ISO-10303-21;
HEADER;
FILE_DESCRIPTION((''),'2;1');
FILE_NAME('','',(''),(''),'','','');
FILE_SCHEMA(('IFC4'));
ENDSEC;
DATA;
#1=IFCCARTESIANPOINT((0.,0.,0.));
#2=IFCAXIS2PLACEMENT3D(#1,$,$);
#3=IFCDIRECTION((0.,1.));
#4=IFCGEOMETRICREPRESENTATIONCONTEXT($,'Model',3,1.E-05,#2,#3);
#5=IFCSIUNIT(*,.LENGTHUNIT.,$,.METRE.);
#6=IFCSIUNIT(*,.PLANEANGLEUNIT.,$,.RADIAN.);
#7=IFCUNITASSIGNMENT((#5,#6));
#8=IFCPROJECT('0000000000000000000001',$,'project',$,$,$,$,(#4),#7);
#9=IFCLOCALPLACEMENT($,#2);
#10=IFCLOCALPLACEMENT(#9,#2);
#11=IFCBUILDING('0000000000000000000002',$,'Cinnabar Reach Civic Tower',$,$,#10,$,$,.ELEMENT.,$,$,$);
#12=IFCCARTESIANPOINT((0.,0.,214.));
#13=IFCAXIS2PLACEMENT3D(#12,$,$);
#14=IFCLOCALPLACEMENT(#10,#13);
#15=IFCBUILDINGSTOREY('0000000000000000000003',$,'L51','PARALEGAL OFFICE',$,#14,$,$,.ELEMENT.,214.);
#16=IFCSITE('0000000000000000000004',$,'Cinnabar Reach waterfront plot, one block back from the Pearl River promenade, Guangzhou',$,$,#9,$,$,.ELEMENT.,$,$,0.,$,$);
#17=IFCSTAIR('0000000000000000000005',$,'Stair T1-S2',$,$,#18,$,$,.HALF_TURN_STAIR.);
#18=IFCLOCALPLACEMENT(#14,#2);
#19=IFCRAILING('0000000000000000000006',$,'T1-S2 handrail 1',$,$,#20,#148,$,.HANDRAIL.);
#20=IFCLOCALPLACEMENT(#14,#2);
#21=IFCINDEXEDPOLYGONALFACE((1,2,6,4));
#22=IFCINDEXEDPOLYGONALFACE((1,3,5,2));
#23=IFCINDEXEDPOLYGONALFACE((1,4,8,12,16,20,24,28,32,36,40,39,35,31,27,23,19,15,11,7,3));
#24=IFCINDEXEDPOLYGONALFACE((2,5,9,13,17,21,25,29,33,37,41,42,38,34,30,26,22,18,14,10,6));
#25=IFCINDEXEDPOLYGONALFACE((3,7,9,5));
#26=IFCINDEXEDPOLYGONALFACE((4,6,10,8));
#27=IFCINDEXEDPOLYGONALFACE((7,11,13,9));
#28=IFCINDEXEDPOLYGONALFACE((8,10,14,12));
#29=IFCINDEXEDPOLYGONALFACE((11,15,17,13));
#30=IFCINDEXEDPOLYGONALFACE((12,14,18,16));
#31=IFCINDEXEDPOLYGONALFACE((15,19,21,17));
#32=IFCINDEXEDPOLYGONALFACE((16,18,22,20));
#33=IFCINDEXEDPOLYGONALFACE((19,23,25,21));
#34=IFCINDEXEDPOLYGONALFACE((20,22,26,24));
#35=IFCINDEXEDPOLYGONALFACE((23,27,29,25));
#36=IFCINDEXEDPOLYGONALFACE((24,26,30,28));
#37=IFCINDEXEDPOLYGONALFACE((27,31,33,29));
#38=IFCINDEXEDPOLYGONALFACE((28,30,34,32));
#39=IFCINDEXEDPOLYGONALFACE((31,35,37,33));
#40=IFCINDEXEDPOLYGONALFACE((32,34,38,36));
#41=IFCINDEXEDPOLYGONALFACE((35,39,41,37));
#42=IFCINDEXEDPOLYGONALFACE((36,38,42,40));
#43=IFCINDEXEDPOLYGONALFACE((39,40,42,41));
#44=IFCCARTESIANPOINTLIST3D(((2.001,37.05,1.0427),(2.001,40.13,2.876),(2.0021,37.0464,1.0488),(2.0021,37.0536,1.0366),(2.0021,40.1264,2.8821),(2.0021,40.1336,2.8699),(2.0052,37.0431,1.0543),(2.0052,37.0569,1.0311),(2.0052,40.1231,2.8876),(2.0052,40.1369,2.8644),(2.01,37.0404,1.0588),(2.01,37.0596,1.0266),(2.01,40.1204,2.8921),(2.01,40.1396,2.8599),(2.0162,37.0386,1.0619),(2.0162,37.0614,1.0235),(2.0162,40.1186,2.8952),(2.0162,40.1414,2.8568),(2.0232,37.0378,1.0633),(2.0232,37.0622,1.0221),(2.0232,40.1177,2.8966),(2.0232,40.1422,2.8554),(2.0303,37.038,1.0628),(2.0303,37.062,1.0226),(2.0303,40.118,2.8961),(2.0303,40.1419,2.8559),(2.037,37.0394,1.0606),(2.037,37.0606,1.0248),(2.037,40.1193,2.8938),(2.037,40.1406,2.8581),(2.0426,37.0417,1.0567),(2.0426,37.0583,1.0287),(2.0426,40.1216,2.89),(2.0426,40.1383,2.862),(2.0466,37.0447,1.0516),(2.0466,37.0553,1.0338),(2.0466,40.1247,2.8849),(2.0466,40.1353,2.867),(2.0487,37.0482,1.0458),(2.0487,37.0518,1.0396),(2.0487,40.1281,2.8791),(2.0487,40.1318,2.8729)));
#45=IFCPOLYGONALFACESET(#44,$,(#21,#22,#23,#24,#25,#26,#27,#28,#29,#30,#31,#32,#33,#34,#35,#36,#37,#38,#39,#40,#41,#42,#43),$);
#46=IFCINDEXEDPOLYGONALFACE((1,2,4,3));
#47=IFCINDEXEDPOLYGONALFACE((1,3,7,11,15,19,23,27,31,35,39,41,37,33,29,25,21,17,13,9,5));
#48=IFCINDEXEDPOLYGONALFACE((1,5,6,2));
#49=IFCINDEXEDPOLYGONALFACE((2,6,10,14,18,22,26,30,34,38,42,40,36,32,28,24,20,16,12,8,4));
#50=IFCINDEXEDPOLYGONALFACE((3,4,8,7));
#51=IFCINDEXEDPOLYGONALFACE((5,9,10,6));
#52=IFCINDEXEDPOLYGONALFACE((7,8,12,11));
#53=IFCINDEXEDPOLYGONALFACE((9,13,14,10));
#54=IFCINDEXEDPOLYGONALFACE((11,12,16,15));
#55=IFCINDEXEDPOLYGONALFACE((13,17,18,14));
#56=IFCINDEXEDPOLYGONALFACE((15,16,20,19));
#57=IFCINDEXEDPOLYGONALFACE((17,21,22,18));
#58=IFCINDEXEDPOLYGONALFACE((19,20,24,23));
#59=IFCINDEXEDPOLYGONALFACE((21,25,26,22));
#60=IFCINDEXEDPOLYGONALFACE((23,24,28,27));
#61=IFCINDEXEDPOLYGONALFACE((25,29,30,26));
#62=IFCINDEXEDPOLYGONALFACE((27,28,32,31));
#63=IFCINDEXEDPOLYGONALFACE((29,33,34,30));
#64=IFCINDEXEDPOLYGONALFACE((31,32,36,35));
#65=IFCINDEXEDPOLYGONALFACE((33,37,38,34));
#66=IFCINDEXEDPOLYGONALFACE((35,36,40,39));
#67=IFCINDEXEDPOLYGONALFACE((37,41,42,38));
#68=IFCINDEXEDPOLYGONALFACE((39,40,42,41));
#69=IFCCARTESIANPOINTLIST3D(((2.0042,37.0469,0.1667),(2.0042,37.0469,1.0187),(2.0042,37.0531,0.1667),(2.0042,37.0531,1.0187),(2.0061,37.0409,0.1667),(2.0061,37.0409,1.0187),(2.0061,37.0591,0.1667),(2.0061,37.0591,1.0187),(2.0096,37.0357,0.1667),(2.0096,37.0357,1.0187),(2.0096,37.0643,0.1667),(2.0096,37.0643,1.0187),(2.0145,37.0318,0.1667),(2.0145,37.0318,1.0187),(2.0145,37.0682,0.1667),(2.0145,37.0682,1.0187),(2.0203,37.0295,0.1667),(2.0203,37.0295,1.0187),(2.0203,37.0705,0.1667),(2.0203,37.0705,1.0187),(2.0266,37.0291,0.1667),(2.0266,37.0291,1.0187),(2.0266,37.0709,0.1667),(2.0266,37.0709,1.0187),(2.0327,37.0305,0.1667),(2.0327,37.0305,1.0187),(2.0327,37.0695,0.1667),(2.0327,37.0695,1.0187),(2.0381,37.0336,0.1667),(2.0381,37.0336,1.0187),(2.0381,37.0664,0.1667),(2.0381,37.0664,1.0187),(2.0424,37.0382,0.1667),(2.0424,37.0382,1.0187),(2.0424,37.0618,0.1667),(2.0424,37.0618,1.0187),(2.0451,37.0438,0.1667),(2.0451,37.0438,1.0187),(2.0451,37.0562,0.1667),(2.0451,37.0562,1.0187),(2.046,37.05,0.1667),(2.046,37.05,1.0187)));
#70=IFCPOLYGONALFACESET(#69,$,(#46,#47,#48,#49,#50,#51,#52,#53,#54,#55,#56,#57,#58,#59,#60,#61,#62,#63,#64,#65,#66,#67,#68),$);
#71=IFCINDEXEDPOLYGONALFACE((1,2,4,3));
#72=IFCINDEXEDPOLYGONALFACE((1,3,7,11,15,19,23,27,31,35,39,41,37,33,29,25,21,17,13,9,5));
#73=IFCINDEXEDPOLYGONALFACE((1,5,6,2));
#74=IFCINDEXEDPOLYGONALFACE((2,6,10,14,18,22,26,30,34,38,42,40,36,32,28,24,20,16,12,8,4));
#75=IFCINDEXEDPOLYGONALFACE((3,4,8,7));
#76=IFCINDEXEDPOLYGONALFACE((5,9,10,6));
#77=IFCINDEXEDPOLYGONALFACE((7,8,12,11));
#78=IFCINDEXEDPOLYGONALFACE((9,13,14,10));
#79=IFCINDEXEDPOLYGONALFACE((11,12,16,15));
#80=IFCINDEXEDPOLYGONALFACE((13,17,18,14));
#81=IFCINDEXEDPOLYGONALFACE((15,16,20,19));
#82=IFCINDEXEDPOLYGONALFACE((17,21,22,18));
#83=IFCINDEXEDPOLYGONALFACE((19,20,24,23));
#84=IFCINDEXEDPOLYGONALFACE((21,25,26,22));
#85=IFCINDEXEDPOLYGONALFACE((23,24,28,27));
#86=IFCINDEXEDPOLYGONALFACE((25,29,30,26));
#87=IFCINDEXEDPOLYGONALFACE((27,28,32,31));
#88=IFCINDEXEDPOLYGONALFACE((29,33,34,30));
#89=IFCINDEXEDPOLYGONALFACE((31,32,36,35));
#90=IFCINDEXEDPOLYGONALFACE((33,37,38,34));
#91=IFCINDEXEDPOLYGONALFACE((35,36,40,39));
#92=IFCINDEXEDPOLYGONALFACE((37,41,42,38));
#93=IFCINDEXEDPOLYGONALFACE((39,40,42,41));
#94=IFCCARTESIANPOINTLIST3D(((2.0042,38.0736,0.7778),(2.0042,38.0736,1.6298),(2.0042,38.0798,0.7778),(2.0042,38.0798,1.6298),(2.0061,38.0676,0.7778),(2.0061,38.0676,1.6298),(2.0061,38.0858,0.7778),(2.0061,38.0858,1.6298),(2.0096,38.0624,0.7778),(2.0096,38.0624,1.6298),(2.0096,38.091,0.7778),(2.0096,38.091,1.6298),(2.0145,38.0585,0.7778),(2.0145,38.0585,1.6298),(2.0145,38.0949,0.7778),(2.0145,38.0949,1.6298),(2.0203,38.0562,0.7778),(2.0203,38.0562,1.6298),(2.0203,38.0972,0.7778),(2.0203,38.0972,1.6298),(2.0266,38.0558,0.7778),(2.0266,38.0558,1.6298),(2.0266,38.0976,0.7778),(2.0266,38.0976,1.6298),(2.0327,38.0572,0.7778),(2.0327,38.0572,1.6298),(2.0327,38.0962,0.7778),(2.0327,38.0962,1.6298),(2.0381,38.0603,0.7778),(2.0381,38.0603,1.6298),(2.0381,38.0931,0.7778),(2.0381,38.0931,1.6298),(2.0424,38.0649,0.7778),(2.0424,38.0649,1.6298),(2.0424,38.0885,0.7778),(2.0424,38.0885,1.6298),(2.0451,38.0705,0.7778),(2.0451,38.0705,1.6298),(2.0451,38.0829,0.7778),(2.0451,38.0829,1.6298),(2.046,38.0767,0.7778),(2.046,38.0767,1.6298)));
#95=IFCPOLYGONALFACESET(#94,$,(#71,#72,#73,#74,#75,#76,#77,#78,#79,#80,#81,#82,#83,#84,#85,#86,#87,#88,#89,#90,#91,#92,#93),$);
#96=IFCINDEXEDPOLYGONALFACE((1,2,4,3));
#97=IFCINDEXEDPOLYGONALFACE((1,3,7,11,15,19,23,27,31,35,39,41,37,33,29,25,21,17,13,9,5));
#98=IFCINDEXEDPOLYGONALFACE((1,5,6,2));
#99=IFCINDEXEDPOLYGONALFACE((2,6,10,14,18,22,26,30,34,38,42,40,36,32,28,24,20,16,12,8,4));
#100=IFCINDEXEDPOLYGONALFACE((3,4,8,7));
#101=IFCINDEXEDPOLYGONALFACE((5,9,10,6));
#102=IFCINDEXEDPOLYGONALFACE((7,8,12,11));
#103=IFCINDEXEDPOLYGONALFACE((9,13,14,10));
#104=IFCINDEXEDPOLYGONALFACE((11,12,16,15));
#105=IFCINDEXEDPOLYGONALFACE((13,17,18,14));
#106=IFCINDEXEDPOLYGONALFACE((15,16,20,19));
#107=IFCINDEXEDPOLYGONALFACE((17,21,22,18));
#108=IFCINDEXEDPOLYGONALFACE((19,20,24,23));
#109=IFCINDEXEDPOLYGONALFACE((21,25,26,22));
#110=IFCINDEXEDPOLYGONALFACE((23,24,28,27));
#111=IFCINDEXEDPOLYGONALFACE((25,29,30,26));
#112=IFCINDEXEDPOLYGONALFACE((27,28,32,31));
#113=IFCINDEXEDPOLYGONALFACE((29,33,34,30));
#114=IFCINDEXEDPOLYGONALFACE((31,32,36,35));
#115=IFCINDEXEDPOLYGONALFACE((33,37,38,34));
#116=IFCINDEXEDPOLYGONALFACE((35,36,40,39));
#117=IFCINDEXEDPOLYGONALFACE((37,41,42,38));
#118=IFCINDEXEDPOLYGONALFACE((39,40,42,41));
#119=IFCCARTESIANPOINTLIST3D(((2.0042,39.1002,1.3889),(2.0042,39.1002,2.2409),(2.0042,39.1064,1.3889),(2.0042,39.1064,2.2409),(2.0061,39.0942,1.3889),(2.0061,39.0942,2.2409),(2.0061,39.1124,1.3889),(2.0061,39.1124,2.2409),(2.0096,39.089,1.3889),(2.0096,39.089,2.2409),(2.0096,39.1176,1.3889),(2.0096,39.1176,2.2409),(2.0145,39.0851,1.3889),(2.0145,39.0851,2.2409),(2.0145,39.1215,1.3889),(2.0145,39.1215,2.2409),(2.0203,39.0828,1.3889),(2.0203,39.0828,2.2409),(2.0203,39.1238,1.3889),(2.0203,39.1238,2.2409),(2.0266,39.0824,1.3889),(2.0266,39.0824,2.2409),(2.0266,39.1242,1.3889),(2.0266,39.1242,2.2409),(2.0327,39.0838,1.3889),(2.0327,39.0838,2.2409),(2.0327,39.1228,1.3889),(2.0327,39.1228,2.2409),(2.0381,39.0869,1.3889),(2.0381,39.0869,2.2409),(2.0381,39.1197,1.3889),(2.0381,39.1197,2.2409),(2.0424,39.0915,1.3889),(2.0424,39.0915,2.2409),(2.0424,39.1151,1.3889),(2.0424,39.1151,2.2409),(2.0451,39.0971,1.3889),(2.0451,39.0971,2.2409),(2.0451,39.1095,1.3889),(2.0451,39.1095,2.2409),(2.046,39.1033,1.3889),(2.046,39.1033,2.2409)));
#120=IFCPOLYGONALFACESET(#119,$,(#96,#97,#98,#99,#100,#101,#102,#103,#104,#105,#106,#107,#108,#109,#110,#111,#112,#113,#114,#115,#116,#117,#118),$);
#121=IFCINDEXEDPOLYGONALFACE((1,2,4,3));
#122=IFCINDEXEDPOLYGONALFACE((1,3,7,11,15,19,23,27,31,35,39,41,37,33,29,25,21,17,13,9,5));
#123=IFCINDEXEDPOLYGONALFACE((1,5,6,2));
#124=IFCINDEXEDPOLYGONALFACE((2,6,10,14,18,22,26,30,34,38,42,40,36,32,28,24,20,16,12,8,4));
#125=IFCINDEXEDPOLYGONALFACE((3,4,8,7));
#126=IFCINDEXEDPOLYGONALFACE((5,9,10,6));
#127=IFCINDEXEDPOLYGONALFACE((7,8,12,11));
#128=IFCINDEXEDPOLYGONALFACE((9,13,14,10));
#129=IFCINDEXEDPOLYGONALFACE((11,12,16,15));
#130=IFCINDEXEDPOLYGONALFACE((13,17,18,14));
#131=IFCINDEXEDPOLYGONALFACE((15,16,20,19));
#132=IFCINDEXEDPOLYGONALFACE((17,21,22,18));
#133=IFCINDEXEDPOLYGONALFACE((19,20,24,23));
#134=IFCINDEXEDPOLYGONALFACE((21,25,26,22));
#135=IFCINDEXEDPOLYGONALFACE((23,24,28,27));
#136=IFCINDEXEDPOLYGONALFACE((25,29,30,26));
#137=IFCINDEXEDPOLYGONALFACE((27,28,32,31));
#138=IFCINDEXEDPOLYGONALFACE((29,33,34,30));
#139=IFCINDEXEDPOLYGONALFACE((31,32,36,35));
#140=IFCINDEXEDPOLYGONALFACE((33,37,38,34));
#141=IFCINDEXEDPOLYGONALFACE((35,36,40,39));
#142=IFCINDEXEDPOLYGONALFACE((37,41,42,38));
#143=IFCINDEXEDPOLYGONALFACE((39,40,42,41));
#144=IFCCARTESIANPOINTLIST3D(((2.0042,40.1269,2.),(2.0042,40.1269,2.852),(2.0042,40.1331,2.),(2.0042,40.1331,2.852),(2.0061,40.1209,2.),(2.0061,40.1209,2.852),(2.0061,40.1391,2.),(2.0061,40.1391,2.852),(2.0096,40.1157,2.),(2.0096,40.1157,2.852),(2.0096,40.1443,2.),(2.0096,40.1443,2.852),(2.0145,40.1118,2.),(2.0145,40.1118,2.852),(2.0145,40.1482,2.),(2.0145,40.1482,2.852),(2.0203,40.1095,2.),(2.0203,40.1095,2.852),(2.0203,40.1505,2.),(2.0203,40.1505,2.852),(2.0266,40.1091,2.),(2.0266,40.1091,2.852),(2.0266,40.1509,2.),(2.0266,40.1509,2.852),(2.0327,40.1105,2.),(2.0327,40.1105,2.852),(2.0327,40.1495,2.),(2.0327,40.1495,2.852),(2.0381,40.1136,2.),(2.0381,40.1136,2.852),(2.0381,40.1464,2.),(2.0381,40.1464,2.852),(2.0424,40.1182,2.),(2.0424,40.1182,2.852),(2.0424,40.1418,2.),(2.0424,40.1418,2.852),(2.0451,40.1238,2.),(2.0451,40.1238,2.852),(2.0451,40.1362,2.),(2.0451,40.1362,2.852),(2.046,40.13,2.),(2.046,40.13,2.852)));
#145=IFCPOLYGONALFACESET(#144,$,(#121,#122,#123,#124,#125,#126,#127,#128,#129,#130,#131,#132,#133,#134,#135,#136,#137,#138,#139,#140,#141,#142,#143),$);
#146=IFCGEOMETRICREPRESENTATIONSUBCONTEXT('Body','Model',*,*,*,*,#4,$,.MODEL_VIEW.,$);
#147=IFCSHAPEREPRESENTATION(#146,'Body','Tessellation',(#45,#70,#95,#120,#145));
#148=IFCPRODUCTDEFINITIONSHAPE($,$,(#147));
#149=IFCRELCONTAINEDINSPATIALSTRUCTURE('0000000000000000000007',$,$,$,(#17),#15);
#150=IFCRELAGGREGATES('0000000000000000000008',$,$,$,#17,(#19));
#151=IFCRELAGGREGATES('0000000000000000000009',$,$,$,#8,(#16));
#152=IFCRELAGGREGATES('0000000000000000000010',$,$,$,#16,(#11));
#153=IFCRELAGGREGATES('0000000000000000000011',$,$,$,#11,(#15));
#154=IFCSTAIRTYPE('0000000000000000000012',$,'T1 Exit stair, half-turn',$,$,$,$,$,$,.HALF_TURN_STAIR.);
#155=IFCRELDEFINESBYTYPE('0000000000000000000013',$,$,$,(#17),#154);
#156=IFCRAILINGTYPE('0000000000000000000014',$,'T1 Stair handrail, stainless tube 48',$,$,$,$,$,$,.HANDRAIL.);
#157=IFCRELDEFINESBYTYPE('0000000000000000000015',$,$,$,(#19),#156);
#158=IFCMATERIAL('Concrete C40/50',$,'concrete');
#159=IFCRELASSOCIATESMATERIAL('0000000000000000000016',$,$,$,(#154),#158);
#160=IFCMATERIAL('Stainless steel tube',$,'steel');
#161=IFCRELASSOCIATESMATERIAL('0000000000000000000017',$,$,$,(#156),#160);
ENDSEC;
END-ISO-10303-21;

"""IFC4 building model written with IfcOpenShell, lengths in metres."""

from ifc_helpers import new_model, si_unit, direction, frame, origin, origin_2d, place, context, subcontext, project, spatial, circle, extrude, material, type_object, element, aggregate, save


model = new_model("IFC4")

# Units and contexts
model_context = context("Model", 3, precision=1e-05, world=origin(), true_north=direction((0.0, 1.0)))
body_context = subcontext(model_context, "Body", "Model", "MODEL_VIEW")
ifc_project = project(units=[si_unit("LENGTHUNIT", "METRE"), si_unit("PLANEANGLEUNIT", "RADIAN")], contexts=[model_context])

# Site, building, storey
site_placement = place(None, origin())
site = spatial("IfcSite", under=ifc_project, at=site_placement, Name="Cinnabar Reach waterfront plot, one block back from the Pearl River promenade, Guangzhou", CompositionType="ELEMENT", RefElevation=0.0)
building_placement = place(site_placement, origin())
building = spatial("IfcBuilding", under=site, at=building_placement, Name="Cinnabar Reach Civic Tower", CompositionType="ELEMENT")
storey_placement = place(building_placement, frame((0.0, 0.0, 214.0)))
storey = spatial("IfcBuildingStorey", under=building, at=storey_placement, Name="L51", Description="PARALEGAL OFFICE", CompositionType="ELEMENT", Elevation=214.0)

# Shared definitions
ifc_material_1 = material(Name="Concrete C40/50", Category="concrete")

# Stair, railing
stair_type = type_object("IfcStairType", Name="T1 Exit stair, half-turn", PredefinedType="HALF_TURN_STAIR", material=ifc_material_1)
stair_placement = place(storey_placement, origin())
stair = element("IfcStair", 1, at=stair_placement, inside=storey, type_object=stair_type, Name="Stair T1-S2", PredefinedType="HALF_TURN_STAIR")
ifc_material_2 = material(Name="Stainless steel tube", Category="steel")
railing_type = type_object("IfcRailingType", Name="T1 Stair handrail, stainless tube 48", PredefinedType="HANDRAIL", material=ifc_material_2)
railing_1_placement = place(storey_placement, frame((2.025, 37.05, 0.1667)))
railing_1 = element("IfcRailing", 2, at=railing_1_placement, type_object=railing_type, Name="T1-S2 handrail 1", PredefinedType="HANDRAIL", context=body_context, shape_type="SweptSolid", body=[
    extrude(circle(Radius=0.024, at=origin_2d()), frame((0.0, 0.0, 0.876), z_axis=(0.0, 0.859297, 0.511477), x_axis=(-1.0, 0.0, 0.0)), (0.0, 0.0, 1.0), 3.5843),
    extrude(circle(Radius=0.021, at=origin_2d()), origin(), (0.0, 0.0, 1.0), 0.852),
    extrude(circle(Radius=0.021, at=origin_2d()), frame((0.0, 1.0267, 0.6111)), (0.0, 0.0, 1.0), 0.852),
    extrude(circle(Radius=0.021, at=origin_2d()), frame((0.0, 2.0533, 1.2222)), (0.0, 0.0, 1.0), 0.852),
    extrude(circle(Radius=0.021, at=origin_2d()), frame((0.0, 3.08, 1.8333)), (0.0, 0.0, 1.0), 0.852),
])
aggregate(stair, [railing_1])

save(model, "model.ifc")
